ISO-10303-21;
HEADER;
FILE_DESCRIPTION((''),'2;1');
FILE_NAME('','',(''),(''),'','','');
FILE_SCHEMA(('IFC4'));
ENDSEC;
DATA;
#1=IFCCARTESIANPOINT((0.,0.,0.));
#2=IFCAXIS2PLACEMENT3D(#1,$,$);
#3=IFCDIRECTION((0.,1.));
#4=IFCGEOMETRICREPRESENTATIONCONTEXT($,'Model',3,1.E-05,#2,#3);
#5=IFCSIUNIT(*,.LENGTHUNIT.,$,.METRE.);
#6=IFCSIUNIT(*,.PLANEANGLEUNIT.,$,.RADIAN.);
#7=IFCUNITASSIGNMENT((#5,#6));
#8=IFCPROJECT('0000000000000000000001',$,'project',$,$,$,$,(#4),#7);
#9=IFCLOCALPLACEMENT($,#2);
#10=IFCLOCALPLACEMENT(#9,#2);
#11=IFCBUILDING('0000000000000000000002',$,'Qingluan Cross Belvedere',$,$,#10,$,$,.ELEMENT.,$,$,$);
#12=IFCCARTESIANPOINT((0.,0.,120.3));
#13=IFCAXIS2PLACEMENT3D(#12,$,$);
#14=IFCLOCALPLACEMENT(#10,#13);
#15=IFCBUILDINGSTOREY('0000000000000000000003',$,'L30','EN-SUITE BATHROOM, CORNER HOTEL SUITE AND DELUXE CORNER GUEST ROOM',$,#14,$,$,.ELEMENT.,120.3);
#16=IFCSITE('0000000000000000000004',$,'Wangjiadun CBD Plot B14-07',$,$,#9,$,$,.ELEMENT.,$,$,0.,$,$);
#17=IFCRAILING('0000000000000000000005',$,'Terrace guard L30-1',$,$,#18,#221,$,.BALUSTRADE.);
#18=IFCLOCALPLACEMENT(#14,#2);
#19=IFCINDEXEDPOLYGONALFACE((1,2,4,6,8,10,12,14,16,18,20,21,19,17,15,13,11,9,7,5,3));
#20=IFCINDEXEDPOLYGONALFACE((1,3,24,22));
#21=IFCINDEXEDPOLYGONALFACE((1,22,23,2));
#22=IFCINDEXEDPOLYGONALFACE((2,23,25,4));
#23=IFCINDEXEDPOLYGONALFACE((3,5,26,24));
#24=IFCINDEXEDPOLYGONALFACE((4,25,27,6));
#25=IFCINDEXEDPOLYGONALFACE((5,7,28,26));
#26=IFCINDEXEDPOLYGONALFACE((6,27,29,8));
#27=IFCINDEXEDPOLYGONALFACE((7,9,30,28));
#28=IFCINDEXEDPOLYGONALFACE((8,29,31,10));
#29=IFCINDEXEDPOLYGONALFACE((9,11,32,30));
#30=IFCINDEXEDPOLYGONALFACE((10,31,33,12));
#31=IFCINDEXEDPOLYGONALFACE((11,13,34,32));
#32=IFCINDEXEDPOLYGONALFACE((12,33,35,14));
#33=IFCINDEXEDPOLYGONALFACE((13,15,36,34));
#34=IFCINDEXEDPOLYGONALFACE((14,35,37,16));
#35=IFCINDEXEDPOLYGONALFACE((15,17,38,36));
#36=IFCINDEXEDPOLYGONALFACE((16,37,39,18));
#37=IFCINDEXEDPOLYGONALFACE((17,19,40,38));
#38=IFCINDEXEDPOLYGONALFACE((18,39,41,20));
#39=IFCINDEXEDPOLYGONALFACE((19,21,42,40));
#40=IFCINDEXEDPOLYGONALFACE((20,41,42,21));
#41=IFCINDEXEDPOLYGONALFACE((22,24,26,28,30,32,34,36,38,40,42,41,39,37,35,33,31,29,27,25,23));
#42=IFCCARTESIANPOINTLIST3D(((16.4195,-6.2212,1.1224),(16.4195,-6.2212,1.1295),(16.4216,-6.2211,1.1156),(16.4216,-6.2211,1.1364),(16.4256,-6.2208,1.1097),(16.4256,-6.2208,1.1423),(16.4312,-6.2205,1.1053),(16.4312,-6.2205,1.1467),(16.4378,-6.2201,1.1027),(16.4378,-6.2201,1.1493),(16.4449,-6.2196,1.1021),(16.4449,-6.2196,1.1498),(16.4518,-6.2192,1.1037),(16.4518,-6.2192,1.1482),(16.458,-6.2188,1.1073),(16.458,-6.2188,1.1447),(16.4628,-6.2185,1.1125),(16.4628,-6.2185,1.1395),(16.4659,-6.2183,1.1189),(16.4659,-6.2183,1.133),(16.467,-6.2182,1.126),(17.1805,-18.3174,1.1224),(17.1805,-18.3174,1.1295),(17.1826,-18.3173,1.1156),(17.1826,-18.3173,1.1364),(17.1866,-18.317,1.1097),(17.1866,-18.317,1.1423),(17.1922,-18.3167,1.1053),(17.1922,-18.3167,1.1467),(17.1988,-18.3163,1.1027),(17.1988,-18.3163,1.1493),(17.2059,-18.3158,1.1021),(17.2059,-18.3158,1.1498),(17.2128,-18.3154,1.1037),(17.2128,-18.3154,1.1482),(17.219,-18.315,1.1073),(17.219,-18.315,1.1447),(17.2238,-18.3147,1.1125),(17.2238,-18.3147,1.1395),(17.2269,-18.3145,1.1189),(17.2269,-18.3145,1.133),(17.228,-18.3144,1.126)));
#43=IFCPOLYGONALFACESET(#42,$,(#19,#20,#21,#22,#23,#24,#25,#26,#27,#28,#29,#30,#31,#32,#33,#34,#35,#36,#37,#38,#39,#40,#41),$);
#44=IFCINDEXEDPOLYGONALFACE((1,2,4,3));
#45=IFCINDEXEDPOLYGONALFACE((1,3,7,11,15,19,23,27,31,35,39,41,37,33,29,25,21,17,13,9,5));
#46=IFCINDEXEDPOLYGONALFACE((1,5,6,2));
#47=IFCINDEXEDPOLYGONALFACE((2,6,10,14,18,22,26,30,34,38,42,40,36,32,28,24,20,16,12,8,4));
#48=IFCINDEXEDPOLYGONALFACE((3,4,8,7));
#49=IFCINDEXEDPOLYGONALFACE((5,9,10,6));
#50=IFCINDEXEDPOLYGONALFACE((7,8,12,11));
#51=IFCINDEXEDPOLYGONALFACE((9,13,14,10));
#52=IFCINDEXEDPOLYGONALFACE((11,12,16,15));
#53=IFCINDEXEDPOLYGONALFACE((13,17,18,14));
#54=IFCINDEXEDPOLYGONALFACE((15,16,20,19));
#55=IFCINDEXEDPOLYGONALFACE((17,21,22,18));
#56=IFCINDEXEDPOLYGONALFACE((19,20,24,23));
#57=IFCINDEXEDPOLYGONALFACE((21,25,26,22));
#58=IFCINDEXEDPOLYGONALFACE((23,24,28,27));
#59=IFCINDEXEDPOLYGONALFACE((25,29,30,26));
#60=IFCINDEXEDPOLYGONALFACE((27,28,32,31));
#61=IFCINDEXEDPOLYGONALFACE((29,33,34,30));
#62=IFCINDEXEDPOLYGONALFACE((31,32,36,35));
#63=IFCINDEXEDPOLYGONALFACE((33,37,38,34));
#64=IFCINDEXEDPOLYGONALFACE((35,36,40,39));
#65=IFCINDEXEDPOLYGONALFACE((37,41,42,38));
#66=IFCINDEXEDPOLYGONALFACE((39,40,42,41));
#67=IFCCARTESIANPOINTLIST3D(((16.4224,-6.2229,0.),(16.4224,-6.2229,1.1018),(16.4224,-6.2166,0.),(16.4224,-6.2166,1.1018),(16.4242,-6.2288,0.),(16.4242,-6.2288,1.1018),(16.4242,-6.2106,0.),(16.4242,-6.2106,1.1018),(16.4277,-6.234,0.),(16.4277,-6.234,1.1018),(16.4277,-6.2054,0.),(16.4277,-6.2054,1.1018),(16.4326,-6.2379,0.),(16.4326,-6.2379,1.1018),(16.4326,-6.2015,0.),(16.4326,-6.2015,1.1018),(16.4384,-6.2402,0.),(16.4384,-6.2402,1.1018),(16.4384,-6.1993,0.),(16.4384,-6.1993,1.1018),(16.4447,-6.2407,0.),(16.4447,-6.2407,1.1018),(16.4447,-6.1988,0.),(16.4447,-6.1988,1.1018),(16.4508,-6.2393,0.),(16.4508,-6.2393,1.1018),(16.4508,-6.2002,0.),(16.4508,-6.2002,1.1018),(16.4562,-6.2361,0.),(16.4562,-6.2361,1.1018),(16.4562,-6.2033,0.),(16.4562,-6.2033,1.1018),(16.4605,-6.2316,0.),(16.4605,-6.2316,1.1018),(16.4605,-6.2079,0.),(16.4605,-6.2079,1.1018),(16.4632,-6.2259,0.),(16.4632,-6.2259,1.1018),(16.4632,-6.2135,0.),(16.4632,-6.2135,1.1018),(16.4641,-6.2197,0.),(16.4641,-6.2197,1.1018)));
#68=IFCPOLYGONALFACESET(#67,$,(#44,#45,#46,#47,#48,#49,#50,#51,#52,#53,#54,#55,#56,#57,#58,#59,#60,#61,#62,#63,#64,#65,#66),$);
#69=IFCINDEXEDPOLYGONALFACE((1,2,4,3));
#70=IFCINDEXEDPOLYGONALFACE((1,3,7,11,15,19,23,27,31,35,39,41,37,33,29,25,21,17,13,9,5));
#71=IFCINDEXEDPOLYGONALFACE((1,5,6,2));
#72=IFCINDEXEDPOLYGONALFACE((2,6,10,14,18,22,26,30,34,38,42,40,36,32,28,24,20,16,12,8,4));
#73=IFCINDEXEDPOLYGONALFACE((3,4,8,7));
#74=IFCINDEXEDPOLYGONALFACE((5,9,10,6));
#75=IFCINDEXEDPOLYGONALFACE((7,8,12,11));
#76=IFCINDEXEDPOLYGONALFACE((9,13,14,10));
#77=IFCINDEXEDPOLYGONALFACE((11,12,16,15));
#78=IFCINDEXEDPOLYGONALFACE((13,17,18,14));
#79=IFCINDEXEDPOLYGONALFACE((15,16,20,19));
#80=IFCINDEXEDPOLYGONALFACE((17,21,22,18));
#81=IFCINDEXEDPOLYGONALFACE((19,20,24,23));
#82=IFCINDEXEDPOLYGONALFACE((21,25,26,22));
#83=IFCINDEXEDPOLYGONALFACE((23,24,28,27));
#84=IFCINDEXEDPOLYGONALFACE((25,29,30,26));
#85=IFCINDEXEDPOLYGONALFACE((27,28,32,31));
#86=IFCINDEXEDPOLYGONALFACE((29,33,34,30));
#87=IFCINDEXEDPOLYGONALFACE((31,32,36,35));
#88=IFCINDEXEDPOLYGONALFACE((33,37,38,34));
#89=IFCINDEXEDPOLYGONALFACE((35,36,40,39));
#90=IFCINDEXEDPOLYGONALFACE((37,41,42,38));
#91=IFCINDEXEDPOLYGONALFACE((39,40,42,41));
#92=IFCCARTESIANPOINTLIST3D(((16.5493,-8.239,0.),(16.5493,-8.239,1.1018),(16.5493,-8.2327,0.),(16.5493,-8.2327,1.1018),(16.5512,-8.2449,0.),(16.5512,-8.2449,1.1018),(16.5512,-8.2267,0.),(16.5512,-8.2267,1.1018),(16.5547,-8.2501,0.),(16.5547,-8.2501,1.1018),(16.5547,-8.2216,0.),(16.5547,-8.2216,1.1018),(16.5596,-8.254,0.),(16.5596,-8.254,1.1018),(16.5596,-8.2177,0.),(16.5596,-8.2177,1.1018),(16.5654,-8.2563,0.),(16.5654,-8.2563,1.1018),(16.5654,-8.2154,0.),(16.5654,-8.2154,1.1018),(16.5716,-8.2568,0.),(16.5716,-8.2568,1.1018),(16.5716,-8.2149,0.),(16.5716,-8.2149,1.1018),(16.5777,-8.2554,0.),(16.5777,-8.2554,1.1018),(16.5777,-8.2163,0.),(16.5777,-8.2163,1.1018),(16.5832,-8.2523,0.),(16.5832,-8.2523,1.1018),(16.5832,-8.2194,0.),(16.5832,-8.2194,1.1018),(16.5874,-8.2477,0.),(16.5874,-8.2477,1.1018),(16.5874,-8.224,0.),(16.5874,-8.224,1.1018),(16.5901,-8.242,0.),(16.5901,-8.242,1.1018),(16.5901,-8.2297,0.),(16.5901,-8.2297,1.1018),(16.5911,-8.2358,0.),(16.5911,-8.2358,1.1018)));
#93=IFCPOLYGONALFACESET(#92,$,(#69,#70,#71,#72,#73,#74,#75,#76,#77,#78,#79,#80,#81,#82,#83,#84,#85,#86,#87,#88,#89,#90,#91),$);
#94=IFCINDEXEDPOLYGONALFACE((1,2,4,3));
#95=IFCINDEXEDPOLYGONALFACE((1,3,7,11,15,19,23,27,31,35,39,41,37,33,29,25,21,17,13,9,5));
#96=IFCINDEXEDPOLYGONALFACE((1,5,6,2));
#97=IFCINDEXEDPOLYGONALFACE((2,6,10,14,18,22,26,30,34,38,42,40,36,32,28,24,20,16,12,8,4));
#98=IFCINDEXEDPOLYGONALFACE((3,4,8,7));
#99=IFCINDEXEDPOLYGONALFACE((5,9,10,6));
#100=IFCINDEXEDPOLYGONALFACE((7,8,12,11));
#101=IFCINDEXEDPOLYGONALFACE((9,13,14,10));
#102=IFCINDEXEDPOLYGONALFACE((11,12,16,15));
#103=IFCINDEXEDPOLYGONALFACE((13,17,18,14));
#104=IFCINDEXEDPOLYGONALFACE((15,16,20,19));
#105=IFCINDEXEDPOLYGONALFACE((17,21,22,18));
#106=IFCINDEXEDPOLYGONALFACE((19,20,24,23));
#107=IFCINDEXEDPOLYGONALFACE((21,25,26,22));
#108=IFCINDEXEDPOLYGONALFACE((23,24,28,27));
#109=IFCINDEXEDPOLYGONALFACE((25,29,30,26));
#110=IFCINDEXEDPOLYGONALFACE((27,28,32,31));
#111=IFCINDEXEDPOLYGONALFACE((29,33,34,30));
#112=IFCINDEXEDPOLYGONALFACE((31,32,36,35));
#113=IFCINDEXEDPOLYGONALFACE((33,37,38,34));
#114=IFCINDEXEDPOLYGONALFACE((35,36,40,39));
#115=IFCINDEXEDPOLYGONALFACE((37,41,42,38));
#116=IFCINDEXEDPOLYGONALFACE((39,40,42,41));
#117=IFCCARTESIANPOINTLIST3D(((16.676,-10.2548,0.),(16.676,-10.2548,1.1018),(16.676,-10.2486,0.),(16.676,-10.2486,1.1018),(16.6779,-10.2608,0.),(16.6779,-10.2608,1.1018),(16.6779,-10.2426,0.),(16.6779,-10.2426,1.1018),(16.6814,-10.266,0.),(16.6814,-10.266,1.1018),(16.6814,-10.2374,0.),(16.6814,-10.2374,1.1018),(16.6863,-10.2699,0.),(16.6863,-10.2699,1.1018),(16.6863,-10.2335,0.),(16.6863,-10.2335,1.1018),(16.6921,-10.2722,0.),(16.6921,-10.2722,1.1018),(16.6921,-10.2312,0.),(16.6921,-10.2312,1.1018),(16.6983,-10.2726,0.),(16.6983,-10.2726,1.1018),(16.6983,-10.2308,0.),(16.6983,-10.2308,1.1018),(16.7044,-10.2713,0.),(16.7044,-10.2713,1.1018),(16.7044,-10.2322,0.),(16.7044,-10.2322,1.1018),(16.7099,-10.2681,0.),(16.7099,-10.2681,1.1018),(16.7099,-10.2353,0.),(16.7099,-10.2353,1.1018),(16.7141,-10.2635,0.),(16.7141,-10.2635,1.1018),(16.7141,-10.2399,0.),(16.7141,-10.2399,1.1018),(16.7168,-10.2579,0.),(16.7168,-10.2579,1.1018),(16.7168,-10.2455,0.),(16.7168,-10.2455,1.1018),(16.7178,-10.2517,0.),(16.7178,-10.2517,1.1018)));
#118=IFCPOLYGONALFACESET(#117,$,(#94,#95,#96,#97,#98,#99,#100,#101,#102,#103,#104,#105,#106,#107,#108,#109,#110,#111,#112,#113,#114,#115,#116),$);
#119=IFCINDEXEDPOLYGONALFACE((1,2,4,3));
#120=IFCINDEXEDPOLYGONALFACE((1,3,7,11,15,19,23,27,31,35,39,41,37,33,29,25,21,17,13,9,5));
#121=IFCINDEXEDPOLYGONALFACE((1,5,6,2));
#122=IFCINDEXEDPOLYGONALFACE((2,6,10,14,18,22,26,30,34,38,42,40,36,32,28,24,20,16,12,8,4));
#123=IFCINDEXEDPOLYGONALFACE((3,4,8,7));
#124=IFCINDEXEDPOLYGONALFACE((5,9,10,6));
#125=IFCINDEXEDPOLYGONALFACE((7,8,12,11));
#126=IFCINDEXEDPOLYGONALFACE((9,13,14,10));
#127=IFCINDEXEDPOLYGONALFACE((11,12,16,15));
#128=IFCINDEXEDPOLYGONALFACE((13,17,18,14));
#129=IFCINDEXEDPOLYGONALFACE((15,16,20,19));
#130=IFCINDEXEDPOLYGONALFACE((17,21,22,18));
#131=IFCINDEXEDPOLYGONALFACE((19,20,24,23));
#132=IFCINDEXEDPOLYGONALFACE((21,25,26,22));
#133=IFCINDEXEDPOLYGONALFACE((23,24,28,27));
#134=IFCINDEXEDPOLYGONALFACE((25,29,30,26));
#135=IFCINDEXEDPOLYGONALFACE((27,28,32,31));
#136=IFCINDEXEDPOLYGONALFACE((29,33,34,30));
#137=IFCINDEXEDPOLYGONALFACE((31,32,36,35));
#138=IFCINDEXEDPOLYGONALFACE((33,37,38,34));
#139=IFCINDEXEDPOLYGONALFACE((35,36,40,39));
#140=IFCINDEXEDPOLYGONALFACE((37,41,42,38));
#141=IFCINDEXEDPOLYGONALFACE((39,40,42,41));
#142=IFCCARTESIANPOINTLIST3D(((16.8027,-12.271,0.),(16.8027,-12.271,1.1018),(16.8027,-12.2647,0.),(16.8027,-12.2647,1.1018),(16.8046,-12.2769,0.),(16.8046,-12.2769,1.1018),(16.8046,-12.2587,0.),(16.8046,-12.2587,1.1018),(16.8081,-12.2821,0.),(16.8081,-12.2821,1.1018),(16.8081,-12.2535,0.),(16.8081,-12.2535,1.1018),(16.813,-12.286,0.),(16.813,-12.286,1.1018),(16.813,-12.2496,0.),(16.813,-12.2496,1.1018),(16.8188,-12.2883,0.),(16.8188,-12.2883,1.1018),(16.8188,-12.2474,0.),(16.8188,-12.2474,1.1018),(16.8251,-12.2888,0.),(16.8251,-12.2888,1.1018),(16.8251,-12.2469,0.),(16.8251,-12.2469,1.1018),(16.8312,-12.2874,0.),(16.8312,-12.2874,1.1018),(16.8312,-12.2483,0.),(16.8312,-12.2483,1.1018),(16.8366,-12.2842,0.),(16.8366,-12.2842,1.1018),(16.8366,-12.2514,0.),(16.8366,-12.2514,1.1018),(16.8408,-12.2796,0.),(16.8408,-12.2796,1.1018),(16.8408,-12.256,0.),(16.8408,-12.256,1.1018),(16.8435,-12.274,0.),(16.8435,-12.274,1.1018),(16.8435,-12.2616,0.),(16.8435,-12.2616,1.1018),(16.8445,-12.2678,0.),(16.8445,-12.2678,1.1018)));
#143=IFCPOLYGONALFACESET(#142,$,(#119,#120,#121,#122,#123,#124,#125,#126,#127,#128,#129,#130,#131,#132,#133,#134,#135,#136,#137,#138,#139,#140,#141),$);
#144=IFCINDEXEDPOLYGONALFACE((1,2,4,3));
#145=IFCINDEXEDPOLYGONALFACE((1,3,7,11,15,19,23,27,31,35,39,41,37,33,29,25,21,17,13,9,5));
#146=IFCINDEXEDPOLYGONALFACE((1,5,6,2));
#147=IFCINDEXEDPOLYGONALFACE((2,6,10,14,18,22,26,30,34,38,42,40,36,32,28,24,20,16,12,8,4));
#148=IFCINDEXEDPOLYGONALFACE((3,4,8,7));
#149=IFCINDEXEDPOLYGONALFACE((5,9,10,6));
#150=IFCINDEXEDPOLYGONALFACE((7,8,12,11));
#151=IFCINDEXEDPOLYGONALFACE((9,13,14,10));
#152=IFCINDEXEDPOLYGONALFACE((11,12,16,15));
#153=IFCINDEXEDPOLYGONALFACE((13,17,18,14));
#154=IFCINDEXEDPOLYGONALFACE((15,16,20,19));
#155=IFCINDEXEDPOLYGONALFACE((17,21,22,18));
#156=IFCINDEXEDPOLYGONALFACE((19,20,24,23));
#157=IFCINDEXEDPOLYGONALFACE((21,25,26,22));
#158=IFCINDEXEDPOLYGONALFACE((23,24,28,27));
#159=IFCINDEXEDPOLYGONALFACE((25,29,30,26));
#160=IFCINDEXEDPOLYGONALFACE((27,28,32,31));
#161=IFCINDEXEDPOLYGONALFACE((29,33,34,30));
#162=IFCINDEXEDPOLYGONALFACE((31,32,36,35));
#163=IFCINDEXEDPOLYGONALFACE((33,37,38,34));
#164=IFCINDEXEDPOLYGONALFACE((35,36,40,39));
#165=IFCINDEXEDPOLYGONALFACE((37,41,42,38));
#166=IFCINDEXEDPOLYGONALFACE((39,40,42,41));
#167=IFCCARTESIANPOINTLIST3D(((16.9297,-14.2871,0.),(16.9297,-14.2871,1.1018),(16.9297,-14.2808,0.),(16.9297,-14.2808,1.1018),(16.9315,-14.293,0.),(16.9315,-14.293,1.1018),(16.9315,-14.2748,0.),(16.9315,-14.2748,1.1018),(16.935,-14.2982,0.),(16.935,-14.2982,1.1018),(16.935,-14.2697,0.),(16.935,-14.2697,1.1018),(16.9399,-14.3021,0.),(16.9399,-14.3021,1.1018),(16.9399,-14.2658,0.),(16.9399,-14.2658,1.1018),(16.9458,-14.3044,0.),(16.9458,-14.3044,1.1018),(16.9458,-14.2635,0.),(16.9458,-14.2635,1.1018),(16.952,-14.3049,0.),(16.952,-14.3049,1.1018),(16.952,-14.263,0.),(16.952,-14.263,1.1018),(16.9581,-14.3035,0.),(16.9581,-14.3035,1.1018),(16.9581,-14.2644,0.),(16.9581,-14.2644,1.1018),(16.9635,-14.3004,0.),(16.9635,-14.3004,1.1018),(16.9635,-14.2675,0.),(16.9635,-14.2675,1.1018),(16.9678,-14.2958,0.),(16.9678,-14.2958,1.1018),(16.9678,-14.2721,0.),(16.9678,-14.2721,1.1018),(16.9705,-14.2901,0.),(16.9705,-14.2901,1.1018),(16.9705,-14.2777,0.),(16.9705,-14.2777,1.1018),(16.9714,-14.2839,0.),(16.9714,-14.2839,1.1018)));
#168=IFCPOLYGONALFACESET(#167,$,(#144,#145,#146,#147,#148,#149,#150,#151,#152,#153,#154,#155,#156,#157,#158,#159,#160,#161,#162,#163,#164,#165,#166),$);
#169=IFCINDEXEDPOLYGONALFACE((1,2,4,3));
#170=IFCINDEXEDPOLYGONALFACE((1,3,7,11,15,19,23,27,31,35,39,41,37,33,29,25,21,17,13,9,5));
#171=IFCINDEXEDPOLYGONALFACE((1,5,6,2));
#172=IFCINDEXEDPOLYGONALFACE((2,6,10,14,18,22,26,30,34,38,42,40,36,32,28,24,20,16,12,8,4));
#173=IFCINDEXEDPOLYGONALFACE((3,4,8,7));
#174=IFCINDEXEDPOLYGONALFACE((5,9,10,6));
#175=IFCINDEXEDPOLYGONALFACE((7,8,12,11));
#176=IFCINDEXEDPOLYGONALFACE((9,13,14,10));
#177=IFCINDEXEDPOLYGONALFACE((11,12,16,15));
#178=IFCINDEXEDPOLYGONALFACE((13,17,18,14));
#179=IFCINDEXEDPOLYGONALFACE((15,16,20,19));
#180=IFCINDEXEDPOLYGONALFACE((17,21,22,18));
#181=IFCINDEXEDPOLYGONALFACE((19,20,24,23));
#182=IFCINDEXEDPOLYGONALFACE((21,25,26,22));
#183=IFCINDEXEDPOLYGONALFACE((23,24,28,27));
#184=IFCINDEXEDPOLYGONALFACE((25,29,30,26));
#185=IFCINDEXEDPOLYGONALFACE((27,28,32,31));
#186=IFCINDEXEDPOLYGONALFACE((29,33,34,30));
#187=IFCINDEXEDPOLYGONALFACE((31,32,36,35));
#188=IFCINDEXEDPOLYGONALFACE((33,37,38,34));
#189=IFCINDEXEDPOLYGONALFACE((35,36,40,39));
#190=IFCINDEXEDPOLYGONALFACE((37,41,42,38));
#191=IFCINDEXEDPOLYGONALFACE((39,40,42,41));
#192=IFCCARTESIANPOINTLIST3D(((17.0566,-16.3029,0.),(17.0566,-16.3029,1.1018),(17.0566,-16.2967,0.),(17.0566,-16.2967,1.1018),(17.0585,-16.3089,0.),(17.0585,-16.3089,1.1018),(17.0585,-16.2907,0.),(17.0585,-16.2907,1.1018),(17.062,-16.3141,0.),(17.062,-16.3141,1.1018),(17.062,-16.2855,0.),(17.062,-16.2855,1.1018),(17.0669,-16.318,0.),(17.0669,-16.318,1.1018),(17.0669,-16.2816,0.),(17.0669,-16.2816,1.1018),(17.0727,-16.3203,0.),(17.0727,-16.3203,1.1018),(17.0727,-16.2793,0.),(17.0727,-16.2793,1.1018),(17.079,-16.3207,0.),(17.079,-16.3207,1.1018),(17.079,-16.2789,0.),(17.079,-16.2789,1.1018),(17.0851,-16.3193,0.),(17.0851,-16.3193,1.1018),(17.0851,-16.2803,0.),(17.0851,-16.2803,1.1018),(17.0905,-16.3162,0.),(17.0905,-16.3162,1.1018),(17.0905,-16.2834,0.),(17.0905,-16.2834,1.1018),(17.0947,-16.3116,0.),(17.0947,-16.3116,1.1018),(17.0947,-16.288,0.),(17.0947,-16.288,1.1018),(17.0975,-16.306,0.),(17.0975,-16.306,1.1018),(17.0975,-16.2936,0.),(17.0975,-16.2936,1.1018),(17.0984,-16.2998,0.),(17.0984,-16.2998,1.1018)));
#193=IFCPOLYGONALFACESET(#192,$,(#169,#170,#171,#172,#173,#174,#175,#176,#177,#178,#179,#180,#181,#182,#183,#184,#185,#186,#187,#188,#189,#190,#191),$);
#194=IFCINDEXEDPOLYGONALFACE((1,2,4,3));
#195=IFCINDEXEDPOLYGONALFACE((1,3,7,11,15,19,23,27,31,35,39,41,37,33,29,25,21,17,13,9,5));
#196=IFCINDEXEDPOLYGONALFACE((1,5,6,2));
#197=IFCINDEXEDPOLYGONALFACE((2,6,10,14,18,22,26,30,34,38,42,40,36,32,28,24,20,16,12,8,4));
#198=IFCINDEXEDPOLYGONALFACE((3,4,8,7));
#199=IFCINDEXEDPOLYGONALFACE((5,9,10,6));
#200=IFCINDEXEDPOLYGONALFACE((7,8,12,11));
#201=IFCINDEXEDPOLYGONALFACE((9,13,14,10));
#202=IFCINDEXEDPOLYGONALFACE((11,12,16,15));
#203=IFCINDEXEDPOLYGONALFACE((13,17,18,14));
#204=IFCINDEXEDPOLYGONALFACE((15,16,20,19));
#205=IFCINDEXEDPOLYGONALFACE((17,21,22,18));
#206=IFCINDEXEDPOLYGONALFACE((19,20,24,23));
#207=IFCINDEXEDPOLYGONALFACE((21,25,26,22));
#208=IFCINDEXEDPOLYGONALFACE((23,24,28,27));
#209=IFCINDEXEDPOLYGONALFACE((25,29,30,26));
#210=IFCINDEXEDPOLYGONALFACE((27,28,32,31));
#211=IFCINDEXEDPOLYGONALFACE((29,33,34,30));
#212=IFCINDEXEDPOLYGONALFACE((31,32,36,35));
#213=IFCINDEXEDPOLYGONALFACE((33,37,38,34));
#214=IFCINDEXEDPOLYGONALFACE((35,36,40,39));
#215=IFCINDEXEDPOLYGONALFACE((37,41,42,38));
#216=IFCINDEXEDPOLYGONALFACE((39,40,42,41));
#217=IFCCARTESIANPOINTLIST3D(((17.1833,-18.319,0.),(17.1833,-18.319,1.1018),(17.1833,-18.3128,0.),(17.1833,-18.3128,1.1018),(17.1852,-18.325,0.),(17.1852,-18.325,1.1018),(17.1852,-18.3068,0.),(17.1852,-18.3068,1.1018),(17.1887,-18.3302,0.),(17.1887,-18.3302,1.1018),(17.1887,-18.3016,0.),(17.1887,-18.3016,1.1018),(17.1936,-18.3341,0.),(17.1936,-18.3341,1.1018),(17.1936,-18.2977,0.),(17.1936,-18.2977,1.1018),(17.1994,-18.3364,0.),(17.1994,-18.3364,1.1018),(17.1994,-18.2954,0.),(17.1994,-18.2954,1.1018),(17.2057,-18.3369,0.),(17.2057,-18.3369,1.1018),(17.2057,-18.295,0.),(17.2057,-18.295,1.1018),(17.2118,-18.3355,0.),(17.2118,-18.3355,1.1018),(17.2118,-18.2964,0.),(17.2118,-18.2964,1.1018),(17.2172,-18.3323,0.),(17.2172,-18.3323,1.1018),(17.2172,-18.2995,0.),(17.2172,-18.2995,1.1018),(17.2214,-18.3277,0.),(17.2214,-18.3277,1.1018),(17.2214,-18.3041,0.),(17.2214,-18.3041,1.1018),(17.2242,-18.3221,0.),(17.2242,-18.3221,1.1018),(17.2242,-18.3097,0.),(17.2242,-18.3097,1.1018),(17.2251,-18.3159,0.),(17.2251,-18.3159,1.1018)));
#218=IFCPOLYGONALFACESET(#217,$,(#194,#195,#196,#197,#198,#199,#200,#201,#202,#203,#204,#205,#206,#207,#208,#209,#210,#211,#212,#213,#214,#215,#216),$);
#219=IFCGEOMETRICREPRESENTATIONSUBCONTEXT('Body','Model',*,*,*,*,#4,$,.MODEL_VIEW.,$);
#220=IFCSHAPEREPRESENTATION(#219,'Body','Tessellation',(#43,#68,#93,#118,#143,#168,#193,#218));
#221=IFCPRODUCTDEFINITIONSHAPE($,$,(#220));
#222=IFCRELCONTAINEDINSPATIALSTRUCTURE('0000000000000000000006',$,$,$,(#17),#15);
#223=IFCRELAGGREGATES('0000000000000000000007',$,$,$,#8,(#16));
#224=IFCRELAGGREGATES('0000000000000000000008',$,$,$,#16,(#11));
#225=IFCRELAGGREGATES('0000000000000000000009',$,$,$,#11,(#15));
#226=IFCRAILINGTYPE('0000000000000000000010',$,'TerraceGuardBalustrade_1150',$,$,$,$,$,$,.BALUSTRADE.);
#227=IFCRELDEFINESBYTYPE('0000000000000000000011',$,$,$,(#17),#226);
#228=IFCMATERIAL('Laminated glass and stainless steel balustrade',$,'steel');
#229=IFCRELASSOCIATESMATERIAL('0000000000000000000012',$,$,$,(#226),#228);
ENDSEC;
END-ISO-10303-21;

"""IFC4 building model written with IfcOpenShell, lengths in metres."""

from ifc_helpers import new_model, si_unit, direction, frame, origin, origin_2d, place, context, subcontext, project, spatial, circle, extrude, material, type_object, element, save


model = new_model("IFC4")

# Units and contexts
model_context = context("Model", 3, precision=1e-05, world=origin(), true_north=direction((0.0, 1.0)))
body_context = subcontext(model_context, "Body", "Model", "MODEL_VIEW")
ifc_project = project(units=[si_unit("LENGTHUNIT", "METRE"), si_unit("PLANEANGLEUNIT", "RADIAN")], contexts=[model_context])

# Site, building, storey
site_placement = place(None, origin())
site = spatial("IfcSite", under=ifc_project, at=site_placement, Name="Wangjiadun CBD Plot B14-07", CompositionType="ELEMENT", RefElevation=0.0)
building_placement = place(site_placement, origin())
building = spatial("IfcBuilding", under=site, at=building_placement, Name="Qingluan Cross Belvedere", CompositionType="ELEMENT")
storey_placement = place(building_placement, frame((0.0, 0.0, 120.3)))
storey = spatial("IfcBuildingStorey", under=building, at=storey_placement, Name="L30", Description="EN-SUITE BATHROOM, CORNER HOTEL SUITE AND DELUXE CORNER GUEST ROOM", CompositionType="ELEMENT", Elevation=120.3)

# Railing
ifc_material_1 = material(Name="Laminated glass and stainless steel balustrade", Category="steel")
railing_type_1 = type_object("IfcRailingType", Name="TerraceGuardBalustrade_1150", PredefinedType="BALUSTRADE", material=ifc_material_1)
railing_1_placement = place(storey_placement, frame((16.4431, -6.2197, 0.0)))
element("IfcRailing", 1, at=railing_1_placement, inside=storey, type_object=railing_type_1, Name="Terrace guard L30-1", PredefinedType="BALUSTRADE", context=body_context, shape_type="SweptSolid", body=[
    extrude(circle(Radius=0.0239, at=origin_2d()), frame((0.0, 0.0, 1.126), z_axis=(0.062787, -0.998027, 0.0), x_axis=(0.998027, 0.062787, 0.0)), (0.0, 0.0, 1.0), 12.1201),
    extrude(circle(Radius=0.021, at=origin_2d()), origin(), (0.0, 0.0, 1.0), 1.1018),
    extrude(circle(Radius=0.021, at=origin_2d()), frame((0.127, -2.0161, 0.0)), (0.0, 0.0, 1.0), 1.1018),
    extrude(circle(Radius=0.021, at=origin_2d()), frame((0.2537, -4.032, 0.0)), (0.0, 0.0, 1.0), 1.1018),
    extrude(circle(Radius=0.021, at=origin_2d()), frame((0.3804, -6.0481, 0.0)), (0.0, 0.0, 1.0), 1.1018),
    extrude(circle(Radius=0.021, at=origin_2d()), frame((0.5073, -8.0642, 0.0)), (0.0, 0.0, 1.0), 1.1018),
    extrude(circle(Radius=0.021, at=origin_2d()), frame((0.6343, -10.0801, 0.0)), (0.0, 0.0, 1.0), 1.1018),
    extrude(circle(Radius=0.021, at=origin_2d()), frame((0.761, -12.0962, 0.0)), (0.0, 0.0, 1.0), 1.1018),
])

save(model, "model.ifc")
